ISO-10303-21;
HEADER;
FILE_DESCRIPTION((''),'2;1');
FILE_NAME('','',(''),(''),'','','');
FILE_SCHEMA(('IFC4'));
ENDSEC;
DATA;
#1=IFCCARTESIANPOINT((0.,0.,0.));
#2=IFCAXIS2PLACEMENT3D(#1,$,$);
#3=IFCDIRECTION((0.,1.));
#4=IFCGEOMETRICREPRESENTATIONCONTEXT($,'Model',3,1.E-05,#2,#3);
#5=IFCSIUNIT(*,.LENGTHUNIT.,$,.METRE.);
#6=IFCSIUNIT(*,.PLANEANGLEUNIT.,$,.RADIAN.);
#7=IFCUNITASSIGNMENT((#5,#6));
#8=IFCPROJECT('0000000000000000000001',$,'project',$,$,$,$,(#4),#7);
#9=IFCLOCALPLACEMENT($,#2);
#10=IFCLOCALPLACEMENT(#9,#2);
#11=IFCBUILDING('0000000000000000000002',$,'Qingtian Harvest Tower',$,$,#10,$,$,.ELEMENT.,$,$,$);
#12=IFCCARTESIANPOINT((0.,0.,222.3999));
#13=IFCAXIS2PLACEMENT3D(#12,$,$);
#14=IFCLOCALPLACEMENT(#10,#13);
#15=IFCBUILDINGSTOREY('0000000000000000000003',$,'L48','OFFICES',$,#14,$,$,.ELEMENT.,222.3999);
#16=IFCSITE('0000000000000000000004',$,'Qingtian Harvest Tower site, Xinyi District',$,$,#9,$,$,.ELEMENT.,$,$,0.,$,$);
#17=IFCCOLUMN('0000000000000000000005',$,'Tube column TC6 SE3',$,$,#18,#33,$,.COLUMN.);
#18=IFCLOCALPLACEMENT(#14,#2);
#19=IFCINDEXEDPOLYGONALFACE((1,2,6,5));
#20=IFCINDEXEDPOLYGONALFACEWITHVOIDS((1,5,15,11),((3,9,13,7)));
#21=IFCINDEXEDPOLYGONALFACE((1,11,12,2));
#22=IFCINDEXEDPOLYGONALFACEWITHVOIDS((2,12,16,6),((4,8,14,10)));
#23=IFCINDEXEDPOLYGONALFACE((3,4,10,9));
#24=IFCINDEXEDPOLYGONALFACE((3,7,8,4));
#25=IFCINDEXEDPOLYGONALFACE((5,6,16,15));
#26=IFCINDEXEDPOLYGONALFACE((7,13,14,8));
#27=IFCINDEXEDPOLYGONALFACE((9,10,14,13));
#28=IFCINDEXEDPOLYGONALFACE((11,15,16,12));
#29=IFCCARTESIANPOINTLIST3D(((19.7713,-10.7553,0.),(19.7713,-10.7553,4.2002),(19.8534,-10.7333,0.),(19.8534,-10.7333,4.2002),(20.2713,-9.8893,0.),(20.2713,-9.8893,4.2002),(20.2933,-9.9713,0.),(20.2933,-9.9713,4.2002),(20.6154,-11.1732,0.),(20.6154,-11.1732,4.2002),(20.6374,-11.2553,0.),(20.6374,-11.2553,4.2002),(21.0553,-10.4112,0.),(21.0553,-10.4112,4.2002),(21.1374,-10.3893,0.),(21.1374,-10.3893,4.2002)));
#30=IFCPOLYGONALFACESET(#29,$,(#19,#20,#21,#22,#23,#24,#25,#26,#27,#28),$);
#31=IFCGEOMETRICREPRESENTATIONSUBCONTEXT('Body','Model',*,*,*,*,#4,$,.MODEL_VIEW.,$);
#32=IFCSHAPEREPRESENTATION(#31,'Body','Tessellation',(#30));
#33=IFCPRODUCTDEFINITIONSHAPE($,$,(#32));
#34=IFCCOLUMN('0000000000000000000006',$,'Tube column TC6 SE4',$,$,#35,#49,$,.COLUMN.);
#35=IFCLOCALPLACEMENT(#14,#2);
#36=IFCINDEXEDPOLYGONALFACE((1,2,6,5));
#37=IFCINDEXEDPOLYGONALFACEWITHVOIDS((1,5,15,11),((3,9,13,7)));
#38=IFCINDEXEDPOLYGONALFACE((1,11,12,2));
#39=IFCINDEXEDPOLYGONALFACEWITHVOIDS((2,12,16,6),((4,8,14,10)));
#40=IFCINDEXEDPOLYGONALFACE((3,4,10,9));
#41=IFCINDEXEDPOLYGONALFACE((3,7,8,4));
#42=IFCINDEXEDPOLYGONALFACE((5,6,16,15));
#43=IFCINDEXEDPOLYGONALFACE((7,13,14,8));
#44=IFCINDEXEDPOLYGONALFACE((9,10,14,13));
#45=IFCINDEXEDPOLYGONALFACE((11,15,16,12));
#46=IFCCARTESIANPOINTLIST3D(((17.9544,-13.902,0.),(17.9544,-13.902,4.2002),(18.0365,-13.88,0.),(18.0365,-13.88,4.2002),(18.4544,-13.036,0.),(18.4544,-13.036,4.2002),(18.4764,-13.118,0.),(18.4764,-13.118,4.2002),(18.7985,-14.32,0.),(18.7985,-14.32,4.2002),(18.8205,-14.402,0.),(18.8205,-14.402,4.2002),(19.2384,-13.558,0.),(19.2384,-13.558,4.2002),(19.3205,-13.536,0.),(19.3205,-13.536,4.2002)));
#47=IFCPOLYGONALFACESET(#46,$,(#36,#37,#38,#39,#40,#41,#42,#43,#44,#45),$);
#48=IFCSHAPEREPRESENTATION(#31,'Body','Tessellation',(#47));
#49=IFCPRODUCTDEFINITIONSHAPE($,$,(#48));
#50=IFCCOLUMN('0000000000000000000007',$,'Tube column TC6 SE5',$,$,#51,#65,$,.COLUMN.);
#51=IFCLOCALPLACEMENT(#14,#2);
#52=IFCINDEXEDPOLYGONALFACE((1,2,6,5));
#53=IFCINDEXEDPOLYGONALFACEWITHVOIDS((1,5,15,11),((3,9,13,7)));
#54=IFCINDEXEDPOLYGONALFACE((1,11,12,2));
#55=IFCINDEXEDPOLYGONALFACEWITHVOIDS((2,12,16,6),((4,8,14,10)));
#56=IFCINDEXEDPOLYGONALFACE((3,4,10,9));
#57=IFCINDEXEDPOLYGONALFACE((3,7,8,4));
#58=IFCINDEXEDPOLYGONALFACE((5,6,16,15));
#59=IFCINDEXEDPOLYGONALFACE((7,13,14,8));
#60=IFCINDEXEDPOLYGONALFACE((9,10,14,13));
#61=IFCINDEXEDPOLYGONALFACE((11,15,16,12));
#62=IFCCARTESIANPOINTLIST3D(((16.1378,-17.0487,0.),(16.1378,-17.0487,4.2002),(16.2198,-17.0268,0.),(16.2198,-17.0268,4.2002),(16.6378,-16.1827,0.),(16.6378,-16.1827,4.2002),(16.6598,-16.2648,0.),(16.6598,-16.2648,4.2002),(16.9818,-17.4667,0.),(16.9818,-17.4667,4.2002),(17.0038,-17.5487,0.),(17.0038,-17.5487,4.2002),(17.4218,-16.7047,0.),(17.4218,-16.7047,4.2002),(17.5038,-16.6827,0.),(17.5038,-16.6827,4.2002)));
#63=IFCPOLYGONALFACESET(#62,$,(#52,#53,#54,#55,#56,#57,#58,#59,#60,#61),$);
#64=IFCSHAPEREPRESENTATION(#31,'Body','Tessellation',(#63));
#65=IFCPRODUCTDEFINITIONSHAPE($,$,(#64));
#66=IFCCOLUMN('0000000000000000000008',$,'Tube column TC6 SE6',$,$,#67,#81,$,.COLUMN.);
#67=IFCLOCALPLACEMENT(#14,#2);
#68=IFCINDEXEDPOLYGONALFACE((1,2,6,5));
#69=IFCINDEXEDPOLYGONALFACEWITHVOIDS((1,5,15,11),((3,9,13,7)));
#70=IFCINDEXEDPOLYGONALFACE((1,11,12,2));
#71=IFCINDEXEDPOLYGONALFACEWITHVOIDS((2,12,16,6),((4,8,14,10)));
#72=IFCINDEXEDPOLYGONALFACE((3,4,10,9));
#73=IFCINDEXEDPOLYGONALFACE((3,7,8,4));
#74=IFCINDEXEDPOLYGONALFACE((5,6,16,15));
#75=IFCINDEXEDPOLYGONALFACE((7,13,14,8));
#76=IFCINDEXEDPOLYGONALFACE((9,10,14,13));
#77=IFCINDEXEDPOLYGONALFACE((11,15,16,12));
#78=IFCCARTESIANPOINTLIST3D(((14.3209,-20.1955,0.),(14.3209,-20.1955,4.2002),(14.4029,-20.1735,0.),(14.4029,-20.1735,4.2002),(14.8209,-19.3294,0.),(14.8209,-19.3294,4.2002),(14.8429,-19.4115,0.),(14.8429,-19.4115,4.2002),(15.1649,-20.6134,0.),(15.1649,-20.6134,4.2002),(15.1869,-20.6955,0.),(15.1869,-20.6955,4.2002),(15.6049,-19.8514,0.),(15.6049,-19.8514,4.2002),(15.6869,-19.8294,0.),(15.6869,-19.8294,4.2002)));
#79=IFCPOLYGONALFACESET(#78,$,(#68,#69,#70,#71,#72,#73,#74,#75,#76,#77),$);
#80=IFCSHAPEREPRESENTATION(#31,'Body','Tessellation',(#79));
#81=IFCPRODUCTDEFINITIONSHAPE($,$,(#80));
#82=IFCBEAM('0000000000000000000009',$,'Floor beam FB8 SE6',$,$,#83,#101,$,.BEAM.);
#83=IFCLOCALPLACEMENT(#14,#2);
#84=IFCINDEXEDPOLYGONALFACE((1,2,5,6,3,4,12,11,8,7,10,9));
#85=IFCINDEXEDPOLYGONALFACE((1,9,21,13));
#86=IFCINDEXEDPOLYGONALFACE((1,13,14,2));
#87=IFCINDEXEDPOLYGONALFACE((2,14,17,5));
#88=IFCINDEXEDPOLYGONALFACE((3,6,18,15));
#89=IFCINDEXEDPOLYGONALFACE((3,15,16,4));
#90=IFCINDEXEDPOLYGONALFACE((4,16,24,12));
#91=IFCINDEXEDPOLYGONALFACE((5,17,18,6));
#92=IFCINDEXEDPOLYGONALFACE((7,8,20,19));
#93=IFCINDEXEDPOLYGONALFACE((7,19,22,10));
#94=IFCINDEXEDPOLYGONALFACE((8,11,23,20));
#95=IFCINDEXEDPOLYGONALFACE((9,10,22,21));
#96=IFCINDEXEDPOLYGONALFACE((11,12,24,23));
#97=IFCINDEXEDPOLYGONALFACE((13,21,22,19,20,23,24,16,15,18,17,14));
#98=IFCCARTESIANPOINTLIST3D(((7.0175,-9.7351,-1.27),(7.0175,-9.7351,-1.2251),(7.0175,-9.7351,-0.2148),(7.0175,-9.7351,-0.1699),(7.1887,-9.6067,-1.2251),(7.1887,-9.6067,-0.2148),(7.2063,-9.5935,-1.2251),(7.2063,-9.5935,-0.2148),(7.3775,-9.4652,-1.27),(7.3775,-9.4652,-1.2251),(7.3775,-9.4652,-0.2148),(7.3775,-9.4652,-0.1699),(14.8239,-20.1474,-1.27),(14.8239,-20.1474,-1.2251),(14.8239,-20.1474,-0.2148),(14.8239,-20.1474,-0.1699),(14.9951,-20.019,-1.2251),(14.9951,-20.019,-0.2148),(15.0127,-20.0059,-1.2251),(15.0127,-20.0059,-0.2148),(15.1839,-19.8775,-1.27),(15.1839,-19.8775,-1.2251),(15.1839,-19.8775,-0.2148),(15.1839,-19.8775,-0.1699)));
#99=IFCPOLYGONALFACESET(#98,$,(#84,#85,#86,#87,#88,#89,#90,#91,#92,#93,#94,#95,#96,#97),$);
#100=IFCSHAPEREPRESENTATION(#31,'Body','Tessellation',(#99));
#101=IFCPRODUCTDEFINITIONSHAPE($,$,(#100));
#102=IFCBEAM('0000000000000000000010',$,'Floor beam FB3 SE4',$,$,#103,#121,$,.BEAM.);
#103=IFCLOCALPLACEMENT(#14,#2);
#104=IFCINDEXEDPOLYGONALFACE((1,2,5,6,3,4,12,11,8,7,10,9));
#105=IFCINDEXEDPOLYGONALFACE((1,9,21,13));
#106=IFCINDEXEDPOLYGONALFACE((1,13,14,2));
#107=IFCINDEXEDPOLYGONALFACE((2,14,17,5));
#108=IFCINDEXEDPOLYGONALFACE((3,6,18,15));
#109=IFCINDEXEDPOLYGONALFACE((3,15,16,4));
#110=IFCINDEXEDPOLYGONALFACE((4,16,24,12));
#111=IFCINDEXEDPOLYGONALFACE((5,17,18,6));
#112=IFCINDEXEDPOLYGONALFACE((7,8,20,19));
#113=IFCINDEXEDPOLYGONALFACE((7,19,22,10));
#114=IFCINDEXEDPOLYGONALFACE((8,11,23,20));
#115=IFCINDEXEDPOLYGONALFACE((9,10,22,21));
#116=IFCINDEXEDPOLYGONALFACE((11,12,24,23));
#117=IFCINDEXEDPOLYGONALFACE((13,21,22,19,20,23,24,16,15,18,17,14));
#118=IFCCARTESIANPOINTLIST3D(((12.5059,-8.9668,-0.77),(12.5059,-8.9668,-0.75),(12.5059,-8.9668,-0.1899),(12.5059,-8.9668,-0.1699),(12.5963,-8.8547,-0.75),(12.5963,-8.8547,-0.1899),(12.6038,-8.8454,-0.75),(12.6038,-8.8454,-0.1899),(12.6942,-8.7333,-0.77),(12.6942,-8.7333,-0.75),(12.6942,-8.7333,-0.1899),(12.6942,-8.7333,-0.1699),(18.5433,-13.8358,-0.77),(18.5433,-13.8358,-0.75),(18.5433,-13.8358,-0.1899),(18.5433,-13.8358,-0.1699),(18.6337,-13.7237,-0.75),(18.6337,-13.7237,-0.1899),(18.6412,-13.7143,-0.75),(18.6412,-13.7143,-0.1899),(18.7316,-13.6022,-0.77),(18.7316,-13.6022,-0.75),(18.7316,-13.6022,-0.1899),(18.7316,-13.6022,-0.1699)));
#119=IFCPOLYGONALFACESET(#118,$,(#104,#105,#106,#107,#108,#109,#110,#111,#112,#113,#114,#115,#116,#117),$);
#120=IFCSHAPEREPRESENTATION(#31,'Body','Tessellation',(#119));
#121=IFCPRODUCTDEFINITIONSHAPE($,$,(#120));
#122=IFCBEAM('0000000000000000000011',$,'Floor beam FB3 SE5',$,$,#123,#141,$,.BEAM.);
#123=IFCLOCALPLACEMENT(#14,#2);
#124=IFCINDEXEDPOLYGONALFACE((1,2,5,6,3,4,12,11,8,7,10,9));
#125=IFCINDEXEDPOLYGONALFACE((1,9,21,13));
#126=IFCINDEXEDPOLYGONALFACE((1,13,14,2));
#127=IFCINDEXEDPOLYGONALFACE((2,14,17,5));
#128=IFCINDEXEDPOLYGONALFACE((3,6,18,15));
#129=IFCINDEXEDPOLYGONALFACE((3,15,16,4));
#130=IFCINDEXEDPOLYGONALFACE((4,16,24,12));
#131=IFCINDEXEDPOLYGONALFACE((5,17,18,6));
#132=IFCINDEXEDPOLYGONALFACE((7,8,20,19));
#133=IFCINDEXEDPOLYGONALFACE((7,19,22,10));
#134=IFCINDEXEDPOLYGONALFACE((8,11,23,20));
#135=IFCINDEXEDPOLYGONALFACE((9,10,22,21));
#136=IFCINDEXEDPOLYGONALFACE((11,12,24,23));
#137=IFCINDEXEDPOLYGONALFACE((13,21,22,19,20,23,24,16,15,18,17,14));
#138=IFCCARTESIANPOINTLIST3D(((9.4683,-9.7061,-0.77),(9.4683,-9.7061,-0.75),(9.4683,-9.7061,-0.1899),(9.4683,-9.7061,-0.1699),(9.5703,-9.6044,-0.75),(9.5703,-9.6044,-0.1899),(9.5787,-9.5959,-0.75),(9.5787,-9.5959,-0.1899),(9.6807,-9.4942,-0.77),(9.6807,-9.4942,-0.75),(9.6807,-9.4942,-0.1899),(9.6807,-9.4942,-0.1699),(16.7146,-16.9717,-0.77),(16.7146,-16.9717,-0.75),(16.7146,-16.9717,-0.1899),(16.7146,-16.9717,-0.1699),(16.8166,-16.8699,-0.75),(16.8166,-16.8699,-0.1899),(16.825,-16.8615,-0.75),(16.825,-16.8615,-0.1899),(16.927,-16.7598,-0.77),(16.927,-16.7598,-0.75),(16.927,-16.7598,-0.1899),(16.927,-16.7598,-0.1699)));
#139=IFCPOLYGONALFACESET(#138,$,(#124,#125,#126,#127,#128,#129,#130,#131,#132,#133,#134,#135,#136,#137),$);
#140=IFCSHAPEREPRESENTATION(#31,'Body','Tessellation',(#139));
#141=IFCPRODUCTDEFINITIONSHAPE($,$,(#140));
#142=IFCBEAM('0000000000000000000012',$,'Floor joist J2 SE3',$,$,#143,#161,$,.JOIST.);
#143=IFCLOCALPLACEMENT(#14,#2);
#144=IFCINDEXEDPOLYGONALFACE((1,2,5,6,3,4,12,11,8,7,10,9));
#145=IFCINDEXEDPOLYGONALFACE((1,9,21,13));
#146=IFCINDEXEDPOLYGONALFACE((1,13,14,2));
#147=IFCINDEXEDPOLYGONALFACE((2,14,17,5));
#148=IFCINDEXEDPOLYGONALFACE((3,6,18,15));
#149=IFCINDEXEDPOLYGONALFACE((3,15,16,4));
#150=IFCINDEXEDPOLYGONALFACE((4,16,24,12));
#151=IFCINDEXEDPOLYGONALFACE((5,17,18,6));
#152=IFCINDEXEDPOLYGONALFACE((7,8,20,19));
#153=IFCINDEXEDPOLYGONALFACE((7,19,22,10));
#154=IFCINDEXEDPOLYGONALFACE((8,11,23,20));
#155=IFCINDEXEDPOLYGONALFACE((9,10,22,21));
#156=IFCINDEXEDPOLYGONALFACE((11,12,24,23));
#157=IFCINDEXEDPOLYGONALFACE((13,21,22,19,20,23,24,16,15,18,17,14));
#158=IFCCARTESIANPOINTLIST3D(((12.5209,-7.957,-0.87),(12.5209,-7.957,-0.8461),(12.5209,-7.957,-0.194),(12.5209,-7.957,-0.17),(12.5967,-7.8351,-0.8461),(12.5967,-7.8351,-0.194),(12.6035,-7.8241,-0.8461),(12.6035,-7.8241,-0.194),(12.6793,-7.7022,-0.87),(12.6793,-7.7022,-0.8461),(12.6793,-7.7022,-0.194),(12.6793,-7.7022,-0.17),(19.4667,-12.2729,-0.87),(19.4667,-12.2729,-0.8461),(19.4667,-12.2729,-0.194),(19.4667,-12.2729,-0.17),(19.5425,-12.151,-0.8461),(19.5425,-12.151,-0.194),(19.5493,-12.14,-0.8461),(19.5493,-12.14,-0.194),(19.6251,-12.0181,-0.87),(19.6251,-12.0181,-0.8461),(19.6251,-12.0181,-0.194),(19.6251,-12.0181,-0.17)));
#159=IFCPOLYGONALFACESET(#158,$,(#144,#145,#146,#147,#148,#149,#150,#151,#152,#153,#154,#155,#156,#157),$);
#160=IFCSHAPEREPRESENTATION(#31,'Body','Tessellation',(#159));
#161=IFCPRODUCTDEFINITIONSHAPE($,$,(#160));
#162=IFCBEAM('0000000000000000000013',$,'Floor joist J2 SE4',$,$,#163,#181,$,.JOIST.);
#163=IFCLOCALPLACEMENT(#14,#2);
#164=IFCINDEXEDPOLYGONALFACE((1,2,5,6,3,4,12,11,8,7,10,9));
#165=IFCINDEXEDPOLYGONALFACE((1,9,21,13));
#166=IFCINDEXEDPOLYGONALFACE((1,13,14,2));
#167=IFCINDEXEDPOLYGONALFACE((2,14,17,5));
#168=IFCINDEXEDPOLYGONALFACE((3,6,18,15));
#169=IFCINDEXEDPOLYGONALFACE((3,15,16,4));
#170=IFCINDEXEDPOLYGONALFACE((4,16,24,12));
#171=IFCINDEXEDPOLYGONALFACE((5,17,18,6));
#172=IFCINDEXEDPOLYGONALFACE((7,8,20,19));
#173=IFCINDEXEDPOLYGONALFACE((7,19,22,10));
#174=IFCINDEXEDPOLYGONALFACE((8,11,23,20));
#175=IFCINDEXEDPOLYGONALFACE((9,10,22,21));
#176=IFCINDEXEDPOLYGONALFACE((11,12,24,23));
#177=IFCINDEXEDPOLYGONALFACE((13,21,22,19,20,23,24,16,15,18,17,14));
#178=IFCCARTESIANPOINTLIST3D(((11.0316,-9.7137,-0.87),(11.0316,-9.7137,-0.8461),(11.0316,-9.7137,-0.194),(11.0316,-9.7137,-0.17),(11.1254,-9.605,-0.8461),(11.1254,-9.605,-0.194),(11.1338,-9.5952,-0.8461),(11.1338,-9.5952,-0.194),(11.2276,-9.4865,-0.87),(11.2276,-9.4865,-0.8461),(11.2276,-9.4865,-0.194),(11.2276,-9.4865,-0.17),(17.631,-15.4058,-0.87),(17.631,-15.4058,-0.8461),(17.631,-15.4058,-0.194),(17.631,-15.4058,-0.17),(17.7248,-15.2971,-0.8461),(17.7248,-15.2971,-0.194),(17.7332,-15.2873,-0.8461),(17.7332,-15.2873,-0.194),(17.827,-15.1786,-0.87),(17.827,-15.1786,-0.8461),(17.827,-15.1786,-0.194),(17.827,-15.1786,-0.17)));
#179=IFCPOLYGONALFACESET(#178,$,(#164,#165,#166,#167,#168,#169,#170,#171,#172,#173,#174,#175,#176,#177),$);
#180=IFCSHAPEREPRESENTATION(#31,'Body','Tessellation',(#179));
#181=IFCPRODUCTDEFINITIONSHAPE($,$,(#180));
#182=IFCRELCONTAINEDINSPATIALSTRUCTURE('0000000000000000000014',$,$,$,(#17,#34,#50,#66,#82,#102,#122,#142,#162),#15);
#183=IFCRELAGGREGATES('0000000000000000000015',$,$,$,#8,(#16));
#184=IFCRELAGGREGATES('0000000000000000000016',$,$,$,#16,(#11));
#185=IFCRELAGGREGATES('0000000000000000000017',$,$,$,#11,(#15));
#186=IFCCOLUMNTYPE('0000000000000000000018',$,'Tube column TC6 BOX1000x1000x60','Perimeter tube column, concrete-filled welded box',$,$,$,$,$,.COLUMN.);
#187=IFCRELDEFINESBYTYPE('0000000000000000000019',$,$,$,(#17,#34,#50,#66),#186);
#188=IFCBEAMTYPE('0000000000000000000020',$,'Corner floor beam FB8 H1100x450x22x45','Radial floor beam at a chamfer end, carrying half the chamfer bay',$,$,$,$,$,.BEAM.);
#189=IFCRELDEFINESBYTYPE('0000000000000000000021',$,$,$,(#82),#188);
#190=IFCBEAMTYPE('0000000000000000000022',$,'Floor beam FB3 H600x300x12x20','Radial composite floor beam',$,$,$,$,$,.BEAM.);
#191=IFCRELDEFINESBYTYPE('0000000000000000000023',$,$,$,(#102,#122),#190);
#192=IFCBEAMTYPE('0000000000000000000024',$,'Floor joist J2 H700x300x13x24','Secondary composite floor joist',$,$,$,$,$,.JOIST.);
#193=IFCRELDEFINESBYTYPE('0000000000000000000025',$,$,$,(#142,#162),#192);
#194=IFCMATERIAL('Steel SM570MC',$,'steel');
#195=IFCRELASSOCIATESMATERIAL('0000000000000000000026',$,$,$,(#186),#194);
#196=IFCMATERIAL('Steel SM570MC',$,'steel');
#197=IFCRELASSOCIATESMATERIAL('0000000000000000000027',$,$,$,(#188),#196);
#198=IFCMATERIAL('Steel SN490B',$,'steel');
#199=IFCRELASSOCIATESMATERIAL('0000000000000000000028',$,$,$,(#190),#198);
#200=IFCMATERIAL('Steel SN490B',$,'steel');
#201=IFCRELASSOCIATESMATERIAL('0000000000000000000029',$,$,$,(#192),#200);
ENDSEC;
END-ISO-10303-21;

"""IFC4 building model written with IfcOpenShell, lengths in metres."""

from ifc_helpers import new_model, si_unit, direction, frame, origin, origin_2d, place, context, subcontext, project, spatial, hollow_rectangle, i_section, extrude, material, material_profile, profile_set, type_object, element, save


model = new_model("IFC4")

# Units and contexts
model_context = context("Model", 3, precision=1e-05, world=origin(), true_north=direction((0.0, 1.0)))
body_context = subcontext(model_context, "Body", "Model", "MODEL_VIEW")
ifc_project = project(units=[si_unit("LENGTHUNIT", "METRE"), si_unit("PLANEANGLEUNIT", "RADIAN")], contexts=[model_context])

# Site, building, storey
site_placement = place(None, origin())
site = spatial("IfcSite", under=ifc_project, at=site_placement, Name="Qingtian Harvest Tower site, Xinyi District", CompositionType="ELEMENT", RefElevation=0.0)
building_placement = place(site_placement, origin())
building = spatial("IfcBuilding", under=site, at=building_placement, Name="Qingtian Harvest Tower", CompositionType="ELEMENT")
storey_placement = place(building_placement, frame((0.0, 0.0, 222.3999)))
storey = spatial("IfcBuildingStorey", under=building, at=storey_placement, Name="L48", Description="OFFICES", CompositionType="ELEMENT", Elevation=222.3999)

# Columns
ifc_material_1 = material(Name="Steel SM570MC", Category="steel")
ifc_material_profile_1 = material_profile(ifc_material_1, hollow_rectangle(XDim=1.0, YDim=1.0, WallThickness=0.0601, at=origin_2d()), Name="BOX1000x1000x60")
ifc_profile_set_1 = profile_set([ifc_material_profile_1], Name="Steel SM570MC")
column_type = type_object("IfcColumnType", Name="Tube column TC6 BOX1000x1000x60", Description="Perimeter tube column, concrete-filled welded box", PredefinedType="COLUMN", material=ifc_profile_set_1)
for number, where, z_axis, x_axis, name in (
    (1, (20.4543, -10.5723, 0.0), (0.0, 0.0, 1.0), (0.5, 0.866025, 0.0), "Tube column TC6 SE3"),
    (2, (18.6375, -13.719, 0.0), (0.0, 0.0, 1.0), (0.5, 0.866025, 0.0), "Tube column TC6 SE4"),
    (3, (16.8208, -16.8657, 0.0), (0.0, 0.0, 1.0), (0.5, 0.866025, 0.0), "Tube column TC6 SE5"),
    (4, (15.0039, -20.0125, 0.0), (0.0, 0.0, 1.0), (0.5, 0.866025, 0.0), "Tube column TC6 SE6"),
):
    element("IfcColumn", number, at=place(storey_placement, frame(where, z_axis=z_axis, x_axis=x_axis)), inside=storey, type_object=column_type, Name=name, PredefinedType="COLUMN", context=body_context, shape_type="SweptSolid", body=[
        extrude(hollow_rectangle(XDim=1.0, YDim=1.0, WallThickness=0.0601, at=origin_2d()), origin(), (0.0, 0.0, 1.0), 4.2002),
    ])

# Beams
ifc_material_2 = material(Name="Steel SM570MC", Category="steel")
ifc_material_profile_2 = material_profile(ifc_material_2, i_section(OverallWidth=0.45, OverallDepth=1.1001, WebThickness=0.022, FlangeThickness=0.0449, at=origin_2d()), Name="H1100x450x22x45")
ifc_profile_set_2 = profile_set([ifc_material_profile_2], Name="Steel SM570MC")
beam_type_1 = type_object("IfcBeamType", Name="Corner floor beam FB8 H1100x450x22x45", Description="Radial floor beam at a chamfer end, carrying half the chamfer bay", PredefinedType="BEAM", material=ifc_profile_set_2)
beam_1_placement = place(storey_placement, frame((15.0039, -20.0125, -0.72), z_axis=(-0.599859, 0.800106, 0.0), x_axis=(-0.800106, -0.599859, 0.0)))
element("IfcBeam", 5, at=beam_1_placement, inside=storey, type_object=beam_type_1, Name="Floor beam FB8 SE6", PredefinedType="BEAM", context=body_context, shape_type="SweptSolid", body=[
    extrude(i_section(OverallWidth=0.45, OverallDepth=1.1001, WebThickness=0.022, FlangeThickness=0.0449, at=origin_2d()), origin(), (0.0, 0.0, 1.0), 13.0137),
])
ifc_material_3 = material(Name="Steel SN490B", Category="steel")
ifc_material_profile_3 = material_profile(ifc_material_3, i_section(OverallWidth=0.3, OverallDepth=0.6001, WebThickness=0.012, FlangeThickness=0.02, at=origin_2d()), Name="H600x300x12x20")
ifc_profile_set_3 = profile_set([ifc_material_profile_3], Name="Steel SN490B")
beam_type_2 = type_object("IfcBeamType", Name="Floor beam FB3 H600x300x12x20", Description="Radial composite floor beam", PredefinedType="BEAM", material=ifc_profile_set_3)
beam_2_placement = place(storey_placement, frame((18.6375, -13.719, -0.47), z_axis=(-0.778409, 0.627757, 0.0), x_axis=(-0.627757, -0.778409, 0.0)))
element("IfcBeam", 6, at=beam_2_placement, inside=storey, type_object=beam_type_2, Name="Floor beam FB3 SE4", PredefinedType="BEAM", context=body_context, shape_type="SweptSolid", body=[
    extrude(i_section(OverallWidth=0.3, OverallDepth=0.6001, WebThickness=0.012, FlangeThickness=0.02, at=origin_2d()), origin(), (0.0, 0.0, 1.0), 7.7561),
])
beam_3_placement = place(storey_placement, frame((16.8208, -16.8657, -0.47), z_axis=(-0.706166, 0.708046, 0.0), x_axis=(-0.708046, -0.706166, 0.0)))
element("IfcBeam", 7, at=beam_3_placement, inside=storey, type_object=beam_type_2, Name="Floor beam FB3 SE5", PredefinedType="BEAM", context=body_context, shape_type="SweptSolid", body=[
    extrude(i_section(OverallWidth=0.3, OverallDepth=0.6001, WebThickness=0.012, FlangeThickness=0.02, at=origin_2d()), origin(), (0.0, 0.0, 1.0), 10.2615),
])
ifc_material_4 = material(Name="Steel SN490B", Category="steel")
ifc_material_profile_4 = material_profile(ifc_material_4, i_section(OverallWidth=0.3, OverallDepth=0.7, WebThickness=0.0129, FlangeThickness=0.0239, at=origin_2d()), Name="H700x300x13x24")
ifc_profile_set_4 = profile_set([ifc_material_profile_4], Name="Steel SN490B")
beam_type_3 = type_object("IfcBeamType", Name="Floor joist J2 H700x300x13x24", Description="Secondary composite floor joist", PredefinedType="JOIST", material=ifc_profile_set_4)
beam_4_placement = place(storey_placement, frame((19.5459, -12.1455, -0.52), z_axis=(-0.849381, 0.52778, 0.0), x_axis=(-0.52778, -0.849381, 0.0)))
element("IfcBeam", 8, at=beam_4_placement, inside=storey, type_object=beam_type_3, Name="Floor joist J2 SE3", PredefinedType="JOIST", context=body_context, shape_type="SweptSolid", body=[
    extrude(i_section(OverallWidth=0.3, OverallDepth=0.7, WebThickness=0.0129, FlangeThickness=0.0239, at=origin_2d()), origin(), (0.0, 0.0, 1.0), 8.1775),
])
beam_5_placement = place(storey_placement, frame((17.729, -15.2922, -0.52), z_axis=(-0.757238, 0.653139, 0.0), x_axis=(-0.653139, -0.757238, 0.0)))
element("IfcBeam", 9, at=beam_5_placement, inside=storey, type_object=beam_type_3, Name="Floor joist J2 SE4", PredefinedType="JOIST", context=body_context, shape_type="SweptSolid", body=[
    extrude(i_section(OverallWidth=0.3, OverallDepth=0.7, WebThickness=0.0129, FlangeThickness=0.0239, at=origin_2d()), origin(), (0.0, 0.0, 1.0), 8.7151),
])

save(model, "model.ifc")
